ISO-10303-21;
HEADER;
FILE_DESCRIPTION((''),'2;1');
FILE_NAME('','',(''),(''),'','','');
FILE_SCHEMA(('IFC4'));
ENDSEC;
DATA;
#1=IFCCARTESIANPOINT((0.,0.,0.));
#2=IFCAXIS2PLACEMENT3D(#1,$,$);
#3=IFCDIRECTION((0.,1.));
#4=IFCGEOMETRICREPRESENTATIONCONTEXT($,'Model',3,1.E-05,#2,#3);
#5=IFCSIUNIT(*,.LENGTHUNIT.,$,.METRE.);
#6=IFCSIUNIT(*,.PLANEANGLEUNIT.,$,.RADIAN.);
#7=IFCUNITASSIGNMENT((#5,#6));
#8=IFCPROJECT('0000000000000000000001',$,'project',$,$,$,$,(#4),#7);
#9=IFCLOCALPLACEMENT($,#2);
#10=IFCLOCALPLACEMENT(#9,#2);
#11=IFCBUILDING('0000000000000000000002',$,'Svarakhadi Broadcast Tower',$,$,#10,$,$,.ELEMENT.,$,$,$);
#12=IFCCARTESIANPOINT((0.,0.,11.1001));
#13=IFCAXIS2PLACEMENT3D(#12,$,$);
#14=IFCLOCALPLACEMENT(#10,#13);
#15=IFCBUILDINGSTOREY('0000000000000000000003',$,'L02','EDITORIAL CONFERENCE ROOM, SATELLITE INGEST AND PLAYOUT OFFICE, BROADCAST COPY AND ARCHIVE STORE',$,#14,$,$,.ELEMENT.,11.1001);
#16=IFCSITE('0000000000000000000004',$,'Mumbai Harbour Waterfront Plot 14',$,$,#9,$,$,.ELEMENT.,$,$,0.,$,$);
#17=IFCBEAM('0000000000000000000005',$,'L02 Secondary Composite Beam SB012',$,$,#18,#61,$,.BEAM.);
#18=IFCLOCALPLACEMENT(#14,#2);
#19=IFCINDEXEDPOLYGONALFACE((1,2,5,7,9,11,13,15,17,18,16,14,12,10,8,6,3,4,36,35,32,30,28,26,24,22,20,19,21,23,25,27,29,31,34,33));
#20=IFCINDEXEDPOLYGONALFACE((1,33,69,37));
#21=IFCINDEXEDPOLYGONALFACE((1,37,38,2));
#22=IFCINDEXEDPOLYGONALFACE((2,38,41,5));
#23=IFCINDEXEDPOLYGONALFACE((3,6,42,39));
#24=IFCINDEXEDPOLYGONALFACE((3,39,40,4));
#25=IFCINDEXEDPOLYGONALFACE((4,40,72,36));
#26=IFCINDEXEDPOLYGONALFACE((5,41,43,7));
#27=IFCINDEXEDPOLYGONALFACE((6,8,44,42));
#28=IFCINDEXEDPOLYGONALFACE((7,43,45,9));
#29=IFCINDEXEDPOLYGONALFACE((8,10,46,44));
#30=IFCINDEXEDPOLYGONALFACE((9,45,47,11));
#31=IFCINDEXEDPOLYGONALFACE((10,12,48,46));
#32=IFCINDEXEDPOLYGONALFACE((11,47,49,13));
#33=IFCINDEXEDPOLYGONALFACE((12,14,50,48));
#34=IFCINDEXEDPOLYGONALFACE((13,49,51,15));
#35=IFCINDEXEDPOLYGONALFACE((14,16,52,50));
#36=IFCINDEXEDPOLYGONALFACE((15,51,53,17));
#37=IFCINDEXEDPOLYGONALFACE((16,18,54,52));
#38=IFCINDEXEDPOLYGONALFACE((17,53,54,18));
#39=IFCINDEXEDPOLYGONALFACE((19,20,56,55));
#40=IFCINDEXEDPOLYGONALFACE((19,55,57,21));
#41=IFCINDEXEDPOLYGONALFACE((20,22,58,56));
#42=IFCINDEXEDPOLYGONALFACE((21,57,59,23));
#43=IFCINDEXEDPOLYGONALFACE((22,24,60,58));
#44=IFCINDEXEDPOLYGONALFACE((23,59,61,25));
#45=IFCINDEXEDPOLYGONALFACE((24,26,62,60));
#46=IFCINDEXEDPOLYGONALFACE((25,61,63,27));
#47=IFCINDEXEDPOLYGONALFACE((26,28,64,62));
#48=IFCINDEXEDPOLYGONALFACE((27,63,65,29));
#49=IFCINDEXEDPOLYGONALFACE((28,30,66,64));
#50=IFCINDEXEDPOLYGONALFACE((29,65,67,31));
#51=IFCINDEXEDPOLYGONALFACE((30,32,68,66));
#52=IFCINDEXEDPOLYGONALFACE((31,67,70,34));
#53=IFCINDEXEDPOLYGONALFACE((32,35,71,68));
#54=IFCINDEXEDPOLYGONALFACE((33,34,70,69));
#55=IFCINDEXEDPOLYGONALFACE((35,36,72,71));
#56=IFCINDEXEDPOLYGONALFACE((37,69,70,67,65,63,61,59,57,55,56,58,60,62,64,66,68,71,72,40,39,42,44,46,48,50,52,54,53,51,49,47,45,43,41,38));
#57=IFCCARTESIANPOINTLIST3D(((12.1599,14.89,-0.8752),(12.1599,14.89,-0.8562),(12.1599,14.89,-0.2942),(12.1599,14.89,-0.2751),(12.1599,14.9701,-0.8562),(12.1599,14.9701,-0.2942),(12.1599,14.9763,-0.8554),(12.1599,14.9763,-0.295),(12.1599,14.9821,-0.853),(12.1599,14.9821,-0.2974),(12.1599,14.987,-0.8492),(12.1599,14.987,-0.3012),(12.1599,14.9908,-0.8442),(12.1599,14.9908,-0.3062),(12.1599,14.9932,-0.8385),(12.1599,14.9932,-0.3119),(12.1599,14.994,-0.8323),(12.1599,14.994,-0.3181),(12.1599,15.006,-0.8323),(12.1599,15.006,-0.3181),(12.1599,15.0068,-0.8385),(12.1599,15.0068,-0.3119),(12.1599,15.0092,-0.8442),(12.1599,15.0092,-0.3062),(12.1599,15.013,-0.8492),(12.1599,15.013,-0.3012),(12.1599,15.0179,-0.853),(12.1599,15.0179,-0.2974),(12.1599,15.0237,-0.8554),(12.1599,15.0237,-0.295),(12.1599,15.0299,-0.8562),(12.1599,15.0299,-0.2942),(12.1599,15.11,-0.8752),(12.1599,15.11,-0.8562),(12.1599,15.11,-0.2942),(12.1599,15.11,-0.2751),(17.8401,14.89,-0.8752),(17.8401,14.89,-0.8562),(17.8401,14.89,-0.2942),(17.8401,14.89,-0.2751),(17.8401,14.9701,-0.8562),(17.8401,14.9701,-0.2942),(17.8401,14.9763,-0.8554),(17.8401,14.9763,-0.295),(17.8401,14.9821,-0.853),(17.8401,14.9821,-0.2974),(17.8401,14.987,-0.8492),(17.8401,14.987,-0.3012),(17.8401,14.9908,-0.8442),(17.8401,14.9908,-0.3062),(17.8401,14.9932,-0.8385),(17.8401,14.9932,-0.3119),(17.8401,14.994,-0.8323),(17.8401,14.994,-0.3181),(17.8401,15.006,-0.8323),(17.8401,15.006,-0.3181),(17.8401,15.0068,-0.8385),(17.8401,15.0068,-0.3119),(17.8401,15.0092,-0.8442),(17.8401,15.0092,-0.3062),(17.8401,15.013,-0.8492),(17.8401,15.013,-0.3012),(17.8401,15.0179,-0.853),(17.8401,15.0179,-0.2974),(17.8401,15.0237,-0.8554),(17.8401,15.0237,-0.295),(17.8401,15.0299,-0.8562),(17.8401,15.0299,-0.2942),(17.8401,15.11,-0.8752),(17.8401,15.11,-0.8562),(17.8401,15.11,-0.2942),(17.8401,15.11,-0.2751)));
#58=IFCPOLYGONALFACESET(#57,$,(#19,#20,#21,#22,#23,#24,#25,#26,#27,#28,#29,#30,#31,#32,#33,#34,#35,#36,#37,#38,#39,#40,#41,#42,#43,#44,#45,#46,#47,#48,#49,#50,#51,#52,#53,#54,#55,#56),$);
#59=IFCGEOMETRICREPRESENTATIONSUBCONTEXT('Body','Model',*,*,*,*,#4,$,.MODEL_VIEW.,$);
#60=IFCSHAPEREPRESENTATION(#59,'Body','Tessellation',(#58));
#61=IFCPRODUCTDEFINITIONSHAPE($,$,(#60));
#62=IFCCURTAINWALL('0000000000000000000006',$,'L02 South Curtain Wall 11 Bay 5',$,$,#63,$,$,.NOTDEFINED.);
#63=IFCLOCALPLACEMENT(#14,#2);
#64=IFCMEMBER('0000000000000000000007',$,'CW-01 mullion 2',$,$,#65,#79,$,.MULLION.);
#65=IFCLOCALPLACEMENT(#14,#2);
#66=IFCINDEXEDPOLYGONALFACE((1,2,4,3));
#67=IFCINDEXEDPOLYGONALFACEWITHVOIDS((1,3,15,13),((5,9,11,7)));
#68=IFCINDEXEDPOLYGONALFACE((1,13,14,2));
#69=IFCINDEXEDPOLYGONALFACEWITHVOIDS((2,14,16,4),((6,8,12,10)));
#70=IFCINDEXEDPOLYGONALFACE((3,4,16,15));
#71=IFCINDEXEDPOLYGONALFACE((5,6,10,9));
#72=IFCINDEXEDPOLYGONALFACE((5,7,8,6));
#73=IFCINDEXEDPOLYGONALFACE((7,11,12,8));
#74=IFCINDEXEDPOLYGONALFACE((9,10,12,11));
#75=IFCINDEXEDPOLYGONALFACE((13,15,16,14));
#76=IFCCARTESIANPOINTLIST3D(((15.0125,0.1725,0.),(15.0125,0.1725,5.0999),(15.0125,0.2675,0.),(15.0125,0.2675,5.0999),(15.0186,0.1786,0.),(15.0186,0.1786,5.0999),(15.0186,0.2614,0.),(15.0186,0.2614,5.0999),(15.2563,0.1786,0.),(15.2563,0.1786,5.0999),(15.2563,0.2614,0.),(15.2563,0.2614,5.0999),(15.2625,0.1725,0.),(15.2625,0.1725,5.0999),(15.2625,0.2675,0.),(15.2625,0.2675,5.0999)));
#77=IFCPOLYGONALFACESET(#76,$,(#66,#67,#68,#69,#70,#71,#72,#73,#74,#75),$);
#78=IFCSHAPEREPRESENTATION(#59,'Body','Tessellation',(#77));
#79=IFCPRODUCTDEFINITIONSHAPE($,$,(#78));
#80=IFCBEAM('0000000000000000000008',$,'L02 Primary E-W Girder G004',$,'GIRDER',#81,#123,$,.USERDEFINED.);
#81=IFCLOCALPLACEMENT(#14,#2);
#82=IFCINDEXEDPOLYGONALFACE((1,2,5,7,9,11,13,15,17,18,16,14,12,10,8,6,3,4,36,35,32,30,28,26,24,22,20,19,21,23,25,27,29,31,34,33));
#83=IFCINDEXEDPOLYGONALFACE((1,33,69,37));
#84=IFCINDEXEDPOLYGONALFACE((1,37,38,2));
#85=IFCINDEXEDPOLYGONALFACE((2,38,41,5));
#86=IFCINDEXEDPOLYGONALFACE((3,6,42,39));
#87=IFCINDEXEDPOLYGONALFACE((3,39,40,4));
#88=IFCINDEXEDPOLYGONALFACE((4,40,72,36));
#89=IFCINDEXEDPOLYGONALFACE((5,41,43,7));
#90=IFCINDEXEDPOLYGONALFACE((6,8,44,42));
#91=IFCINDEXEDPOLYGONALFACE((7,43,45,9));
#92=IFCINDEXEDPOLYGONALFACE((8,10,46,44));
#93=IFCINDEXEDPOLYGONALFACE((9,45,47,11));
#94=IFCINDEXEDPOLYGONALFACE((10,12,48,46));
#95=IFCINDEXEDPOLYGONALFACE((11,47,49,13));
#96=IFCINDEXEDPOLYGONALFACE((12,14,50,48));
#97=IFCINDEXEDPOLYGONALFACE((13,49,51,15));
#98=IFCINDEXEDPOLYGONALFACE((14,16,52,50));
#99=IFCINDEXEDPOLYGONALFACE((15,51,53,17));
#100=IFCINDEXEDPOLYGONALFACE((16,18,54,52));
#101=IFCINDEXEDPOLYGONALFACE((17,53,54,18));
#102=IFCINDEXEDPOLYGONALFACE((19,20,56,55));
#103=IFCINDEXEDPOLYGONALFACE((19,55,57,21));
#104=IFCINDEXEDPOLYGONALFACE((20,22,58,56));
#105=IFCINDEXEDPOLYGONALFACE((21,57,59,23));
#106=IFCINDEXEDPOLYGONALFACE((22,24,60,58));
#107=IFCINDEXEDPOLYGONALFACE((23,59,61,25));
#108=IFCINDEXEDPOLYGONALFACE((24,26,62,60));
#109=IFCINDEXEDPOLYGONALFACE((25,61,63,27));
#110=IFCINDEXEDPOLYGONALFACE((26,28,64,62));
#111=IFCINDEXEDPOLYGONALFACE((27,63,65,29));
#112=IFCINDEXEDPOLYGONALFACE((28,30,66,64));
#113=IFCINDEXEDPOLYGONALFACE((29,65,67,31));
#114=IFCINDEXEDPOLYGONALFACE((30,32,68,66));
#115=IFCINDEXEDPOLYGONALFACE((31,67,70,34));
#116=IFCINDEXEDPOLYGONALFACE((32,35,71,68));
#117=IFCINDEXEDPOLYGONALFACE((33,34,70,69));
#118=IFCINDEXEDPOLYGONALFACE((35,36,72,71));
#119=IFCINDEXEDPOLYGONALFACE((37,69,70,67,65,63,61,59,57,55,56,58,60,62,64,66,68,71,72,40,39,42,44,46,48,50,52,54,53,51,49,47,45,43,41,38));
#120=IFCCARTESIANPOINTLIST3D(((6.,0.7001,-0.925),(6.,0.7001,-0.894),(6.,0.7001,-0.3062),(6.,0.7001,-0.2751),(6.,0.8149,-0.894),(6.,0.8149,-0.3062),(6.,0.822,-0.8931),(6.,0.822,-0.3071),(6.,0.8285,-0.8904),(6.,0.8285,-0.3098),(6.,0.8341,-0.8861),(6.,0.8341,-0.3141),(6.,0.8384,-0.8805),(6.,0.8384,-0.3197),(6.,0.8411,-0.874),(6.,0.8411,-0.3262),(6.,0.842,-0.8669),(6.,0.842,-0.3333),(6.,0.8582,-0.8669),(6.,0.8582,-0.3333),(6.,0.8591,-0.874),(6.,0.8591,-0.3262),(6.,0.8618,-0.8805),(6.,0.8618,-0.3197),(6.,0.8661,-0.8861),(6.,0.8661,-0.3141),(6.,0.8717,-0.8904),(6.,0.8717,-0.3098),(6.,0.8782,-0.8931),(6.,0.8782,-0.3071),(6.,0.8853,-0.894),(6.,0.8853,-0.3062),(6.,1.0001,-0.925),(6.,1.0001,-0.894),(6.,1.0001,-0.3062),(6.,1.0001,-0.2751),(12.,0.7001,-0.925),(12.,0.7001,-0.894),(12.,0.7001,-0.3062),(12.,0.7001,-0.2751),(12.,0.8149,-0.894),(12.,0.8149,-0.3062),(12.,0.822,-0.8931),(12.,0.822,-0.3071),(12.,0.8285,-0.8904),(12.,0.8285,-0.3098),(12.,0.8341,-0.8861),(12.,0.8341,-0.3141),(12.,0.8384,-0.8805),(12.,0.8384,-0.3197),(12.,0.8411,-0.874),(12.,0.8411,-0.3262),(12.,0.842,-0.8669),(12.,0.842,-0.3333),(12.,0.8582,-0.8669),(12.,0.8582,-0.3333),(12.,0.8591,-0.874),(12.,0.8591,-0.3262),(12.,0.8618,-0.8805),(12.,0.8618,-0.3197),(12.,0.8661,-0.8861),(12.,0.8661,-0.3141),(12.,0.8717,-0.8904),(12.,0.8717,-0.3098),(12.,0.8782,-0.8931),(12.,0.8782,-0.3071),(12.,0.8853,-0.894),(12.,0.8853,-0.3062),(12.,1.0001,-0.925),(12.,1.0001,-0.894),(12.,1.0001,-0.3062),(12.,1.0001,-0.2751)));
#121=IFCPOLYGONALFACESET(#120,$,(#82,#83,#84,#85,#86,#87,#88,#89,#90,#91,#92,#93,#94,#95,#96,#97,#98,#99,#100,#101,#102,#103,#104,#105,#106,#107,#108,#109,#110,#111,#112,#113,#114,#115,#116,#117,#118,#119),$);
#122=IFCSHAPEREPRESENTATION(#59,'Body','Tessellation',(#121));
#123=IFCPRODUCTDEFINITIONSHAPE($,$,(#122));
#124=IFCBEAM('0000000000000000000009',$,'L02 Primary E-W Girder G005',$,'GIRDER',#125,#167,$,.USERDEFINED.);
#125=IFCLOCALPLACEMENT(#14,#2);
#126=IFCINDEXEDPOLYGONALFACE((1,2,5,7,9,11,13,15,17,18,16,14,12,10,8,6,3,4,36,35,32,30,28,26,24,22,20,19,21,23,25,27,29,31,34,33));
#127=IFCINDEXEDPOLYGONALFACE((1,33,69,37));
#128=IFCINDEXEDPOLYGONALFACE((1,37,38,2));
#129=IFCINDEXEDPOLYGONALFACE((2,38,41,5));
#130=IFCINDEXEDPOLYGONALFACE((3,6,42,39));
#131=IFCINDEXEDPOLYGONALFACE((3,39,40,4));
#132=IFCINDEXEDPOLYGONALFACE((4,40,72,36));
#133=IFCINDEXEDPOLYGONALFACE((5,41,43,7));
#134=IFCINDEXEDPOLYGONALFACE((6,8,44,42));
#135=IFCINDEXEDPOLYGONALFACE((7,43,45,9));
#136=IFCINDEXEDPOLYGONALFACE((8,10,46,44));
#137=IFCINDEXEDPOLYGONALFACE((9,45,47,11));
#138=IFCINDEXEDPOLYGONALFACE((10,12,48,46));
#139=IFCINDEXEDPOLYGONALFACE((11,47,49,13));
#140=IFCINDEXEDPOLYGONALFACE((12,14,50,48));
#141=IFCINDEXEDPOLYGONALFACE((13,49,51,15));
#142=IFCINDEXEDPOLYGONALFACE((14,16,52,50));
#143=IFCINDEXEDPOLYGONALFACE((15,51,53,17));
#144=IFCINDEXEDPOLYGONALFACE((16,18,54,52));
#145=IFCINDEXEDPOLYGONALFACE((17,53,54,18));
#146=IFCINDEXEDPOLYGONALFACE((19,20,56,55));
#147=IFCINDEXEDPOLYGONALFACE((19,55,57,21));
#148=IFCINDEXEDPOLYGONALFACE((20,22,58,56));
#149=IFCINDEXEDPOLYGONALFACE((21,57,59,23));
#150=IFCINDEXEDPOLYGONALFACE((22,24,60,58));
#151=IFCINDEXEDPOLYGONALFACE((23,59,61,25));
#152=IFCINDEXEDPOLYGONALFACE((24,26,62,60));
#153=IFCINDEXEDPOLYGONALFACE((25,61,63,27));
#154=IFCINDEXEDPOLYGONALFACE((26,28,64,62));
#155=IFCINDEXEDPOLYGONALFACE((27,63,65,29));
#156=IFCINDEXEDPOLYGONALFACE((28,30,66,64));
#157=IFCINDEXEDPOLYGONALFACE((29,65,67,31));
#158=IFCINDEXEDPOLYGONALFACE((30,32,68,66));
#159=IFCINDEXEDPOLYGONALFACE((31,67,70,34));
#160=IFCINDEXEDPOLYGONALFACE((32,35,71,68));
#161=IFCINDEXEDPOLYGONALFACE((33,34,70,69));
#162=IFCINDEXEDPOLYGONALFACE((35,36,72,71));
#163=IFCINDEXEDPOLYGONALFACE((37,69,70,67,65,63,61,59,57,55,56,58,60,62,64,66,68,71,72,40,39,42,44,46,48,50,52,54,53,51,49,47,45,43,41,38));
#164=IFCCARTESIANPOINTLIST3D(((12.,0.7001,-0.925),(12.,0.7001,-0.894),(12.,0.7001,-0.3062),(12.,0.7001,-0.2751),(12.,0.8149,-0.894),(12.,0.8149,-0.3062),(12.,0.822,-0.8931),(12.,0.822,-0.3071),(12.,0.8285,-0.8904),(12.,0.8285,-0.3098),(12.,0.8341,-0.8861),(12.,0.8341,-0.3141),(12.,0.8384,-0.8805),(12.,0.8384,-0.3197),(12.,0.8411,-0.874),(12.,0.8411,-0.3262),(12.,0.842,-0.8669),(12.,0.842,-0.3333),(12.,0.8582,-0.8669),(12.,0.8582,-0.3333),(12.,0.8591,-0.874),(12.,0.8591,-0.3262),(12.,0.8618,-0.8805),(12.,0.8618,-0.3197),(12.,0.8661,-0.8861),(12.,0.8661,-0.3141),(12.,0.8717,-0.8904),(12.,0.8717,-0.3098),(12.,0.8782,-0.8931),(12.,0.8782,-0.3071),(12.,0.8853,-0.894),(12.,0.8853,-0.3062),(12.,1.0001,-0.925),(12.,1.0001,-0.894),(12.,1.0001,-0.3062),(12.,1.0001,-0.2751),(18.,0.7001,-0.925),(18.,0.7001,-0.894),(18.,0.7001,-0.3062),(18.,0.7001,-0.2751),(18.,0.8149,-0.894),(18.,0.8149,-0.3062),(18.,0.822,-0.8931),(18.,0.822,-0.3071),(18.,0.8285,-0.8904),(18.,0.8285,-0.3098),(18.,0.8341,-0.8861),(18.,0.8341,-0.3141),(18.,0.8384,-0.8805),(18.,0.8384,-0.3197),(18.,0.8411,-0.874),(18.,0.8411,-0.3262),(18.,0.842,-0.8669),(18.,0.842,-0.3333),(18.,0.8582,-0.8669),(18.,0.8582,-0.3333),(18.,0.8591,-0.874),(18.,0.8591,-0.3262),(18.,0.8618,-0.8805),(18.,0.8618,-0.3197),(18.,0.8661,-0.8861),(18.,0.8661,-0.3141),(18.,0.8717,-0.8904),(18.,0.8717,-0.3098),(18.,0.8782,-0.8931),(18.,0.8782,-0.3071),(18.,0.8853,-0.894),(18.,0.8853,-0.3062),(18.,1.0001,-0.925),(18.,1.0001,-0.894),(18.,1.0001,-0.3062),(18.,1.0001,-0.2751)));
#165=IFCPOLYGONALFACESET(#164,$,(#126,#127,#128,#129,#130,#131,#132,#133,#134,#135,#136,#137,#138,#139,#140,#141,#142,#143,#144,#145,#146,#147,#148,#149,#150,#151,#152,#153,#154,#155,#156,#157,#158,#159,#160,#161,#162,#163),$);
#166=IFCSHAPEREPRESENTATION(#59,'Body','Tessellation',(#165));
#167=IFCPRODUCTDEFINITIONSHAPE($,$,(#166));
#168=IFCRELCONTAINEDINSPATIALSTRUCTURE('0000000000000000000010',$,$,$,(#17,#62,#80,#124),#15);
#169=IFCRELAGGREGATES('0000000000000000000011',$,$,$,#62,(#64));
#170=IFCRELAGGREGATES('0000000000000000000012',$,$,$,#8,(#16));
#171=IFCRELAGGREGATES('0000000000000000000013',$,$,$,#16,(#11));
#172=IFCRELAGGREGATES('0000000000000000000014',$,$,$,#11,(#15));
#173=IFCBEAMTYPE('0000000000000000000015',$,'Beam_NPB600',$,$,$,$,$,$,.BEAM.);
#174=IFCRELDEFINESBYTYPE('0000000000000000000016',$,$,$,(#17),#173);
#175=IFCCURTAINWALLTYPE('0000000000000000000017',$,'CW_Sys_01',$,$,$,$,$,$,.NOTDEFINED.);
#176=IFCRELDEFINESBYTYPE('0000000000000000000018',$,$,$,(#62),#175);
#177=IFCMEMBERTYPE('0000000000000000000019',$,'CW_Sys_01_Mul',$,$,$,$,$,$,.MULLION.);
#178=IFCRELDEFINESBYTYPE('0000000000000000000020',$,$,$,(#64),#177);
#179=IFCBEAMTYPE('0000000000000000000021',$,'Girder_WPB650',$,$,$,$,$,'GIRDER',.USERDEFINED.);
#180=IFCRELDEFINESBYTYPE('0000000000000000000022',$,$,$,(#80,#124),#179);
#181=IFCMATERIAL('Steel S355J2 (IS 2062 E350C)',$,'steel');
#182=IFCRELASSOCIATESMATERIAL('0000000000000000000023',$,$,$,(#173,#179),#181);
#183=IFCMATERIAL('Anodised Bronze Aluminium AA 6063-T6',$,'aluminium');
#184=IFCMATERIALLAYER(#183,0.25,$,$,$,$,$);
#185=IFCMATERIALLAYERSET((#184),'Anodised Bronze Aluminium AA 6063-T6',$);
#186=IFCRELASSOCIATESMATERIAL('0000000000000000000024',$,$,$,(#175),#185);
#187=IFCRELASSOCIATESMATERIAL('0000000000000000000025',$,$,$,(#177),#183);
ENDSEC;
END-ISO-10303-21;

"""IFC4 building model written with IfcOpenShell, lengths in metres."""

from ifc_helpers import new_model, si_unit, direction, frame, origin, origin_2d, place, context, subcontext, project, spatial, hollow_rectangle, i_section, extrude, material, layer, layer_set, material_profile, profile_set, type_object, element, aggregate, save


model = new_model("IFC4")

# Units and contexts
model_context = context("Model", 3, precision=1e-05, world=origin(), true_north=direction((0.0, 1.0)))
body_context = subcontext(model_context, "Body", "Model", "MODEL_VIEW")
ifc_project = project(units=[si_unit("LENGTHUNIT", "METRE"), si_unit("PLANEANGLEUNIT", "RADIAN")], contexts=[model_context])

# Site, building, storey
site_placement = place(None, origin())
site = spatial("IfcSite", under=ifc_project, at=site_placement, Name="Mumbai Harbour Waterfront Plot 14", CompositionType="ELEMENT", RefElevation=0.0)
building_placement = place(site_placement, origin())
building = spatial("IfcBuilding", under=site, at=building_placement, Name="Svarakhadi Broadcast Tower", CompositionType="ELEMENT")
storey_placement = place(building_placement, frame((0.0, 0.0, 11.1001)))
storey = spatial("IfcBuildingStorey", under=building, at=storey_placement, Name="L02", Description="EDITORIAL CONFERENCE ROOM, SATELLITE INGEST AND PLAYOUT OFFICE, BROADCAST COPY AND ARCHIVE STORE", CompositionType="ELEMENT", Elevation=11.1001)

# Beam
ifc_material_1 = material(Name="Steel S355J2 (IS 2062 E350C)", Category="steel")
ifc_material_profile_1 = material_profile(ifc_material_1, i_section(OverallWidth=0.22, OverallDepth=0.6001, WebThickness=0.012, FlangeThickness=0.019, FilletRadius=0.0239, at=origin_2d()), Name="NPB 600x220x122")
ifc_profile_set_1 = profile_set([ifc_material_profile_1], Name="Steel S355J2 (IS 2062 E350C)")
beam_type_1 = type_object("IfcBeamType", Name="Beam_NPB600", PredefinedType="BEAM", material=ifc_profile_set_1)
for number, where, z_axis, x_axis, name in (
    (1, (12.1599, 15.0, -0.5752), (1.0, 0.0, 0.0), (0.0, 1.0, 0.0), "L02 Secondary Composite Beam SB012"),
):
    element("IfcBeam", number, at=place(storey_placement, frame(where, z_axis=z_axis, x_axis=x_axis)), inside=storey, type_object=beam_type_1, Name=name, PredefinedType="BEAM", context=body_context, shape_type="SweptSolid", body=[
        extrude(i_section(OverallWidth=0.22, OverallDepth=0.6001, WebThickness=0.012, FlangeThickness=0.019, FilletRadius=0.0239, at=origin_2d()), origin(), (0.0, 0.0, 1.0), 5.6802),
    ])

# Curtain wall, member
ifc_material_2 = material(Name="Anodised Bronze Aluminium AA 6063-T6", Category="aluminium")
ifc_layer_1 = layer(ifc_material_2, 0.25)
ifc_layer_set_1 = layer_set([ifc_layer_1], Name="Anodised Bronze Aluminium AA 6063-T6")
curtain_wall_type = type_object("IfcCurtainWallType", Name="CW_Sys_01", PredefinedType="NOTDEFINED", material=ifc_layer_set_1)
curtain_wall_placement = place(storey_placement, origin())
curtain_wall = element("IfcCurtainWall", 2, at=curtain_wall_placement, inside=storey, type_object=curtain_wall_type, Name="L02 South Curtain Wall 11 Bay 5", PredefinedType="NOTDEFINED")
ifc_material_profile_2 = material_profile(ifc_material_2, hollow_rectangle(XDim=0.095, YDim=0.25, WallThickness=0.0061, at=origin_2d()), Name="ALU MULLION 250x95x6")
ifc_profile_set_2 = profile_set([ifc_material_profile_2], Name="Anodised Bronze Aluminium AA 6063-T6")
member_type = type_object("IfcMemberType", Name="CW_Sys_01_Mul", PredefinedType="MULLION", material=ifc_profile_set_2)
member_placement = place(storey_placement, frame((15.1375, 0.22, 0.0), z_axis=(0.0, 0.0, 1.0), x_axis=(0.0, -1.0, 0.0)))
member = element("IfcMember", 3, at=member_placement, type_object=member_type, Name="CW-01 mullion 2", PredefinedType="MULLION", context=body_context, shape_type="SweptSolid", body=[
    extrude(hollow_rectangle(XDim=0.095, YDim=0.25, WallThickness=0.0061, at=origin_2d()), origin(), (0.0, 0.0, 1.0), 5.0999),
])
aggregate(curtain_wall, [member])

# Beams
ifc_material_profile_3 = material_profile(ifc_material_1, i_section(OverallWidth=0.3, OverallDepth=0.6499, WebThickness=0.0161, FlangeThickness=0.031, FilletRadius=0.0271, at=origin_2d()), Name="WPB 650x300x225")
ifc_profile_set_3 = profile_set([ifc_material_profile_3], Name="Steel S355J2 (IS 2062 E350C)")
beam_type_2 = type_object("IfcBeamType", Name="Girder_WPB650", ElementType="GIRDER", PredefinedType="USERDEFINED", material=ifc_profile_set_3)
for number, where, z_axis, x_axis, name in (
    (4, (6.0, 0.8501, -0.6001), (1.0, 0.0, 0.0), (0.0, 1.0, 0.0), "L02 Primary E-W Girder G004"),
    (5, (12.0, 0.8501, -0.6001), (1.0, 0.0, 0.0), (0.0, 1.0, 0.0), "L02 Primary E-W Girder G005"),
):
    element("IfcBeam", number, at=place(storey_placement, frame(where, z_axis=z_axis, x_axis=x_axis)), inside=storey, type_object=beam_type_2, Name=name, ObjectType="GIRDER", PredefinedType="USERDEFINED", context=body_context, shape_type="SweptSolid", body=[
        extrude(i_section(OverallWidth=0.3, OverallDepth=0.6499, WebThickness=0.0161, FlangeThickness=0.031, FilletRadius=0.0271, at=origin_2d()), origin(), (0.0, 0.0, 1.0), 6.0),
    ])

save(model, "model.ifc")
